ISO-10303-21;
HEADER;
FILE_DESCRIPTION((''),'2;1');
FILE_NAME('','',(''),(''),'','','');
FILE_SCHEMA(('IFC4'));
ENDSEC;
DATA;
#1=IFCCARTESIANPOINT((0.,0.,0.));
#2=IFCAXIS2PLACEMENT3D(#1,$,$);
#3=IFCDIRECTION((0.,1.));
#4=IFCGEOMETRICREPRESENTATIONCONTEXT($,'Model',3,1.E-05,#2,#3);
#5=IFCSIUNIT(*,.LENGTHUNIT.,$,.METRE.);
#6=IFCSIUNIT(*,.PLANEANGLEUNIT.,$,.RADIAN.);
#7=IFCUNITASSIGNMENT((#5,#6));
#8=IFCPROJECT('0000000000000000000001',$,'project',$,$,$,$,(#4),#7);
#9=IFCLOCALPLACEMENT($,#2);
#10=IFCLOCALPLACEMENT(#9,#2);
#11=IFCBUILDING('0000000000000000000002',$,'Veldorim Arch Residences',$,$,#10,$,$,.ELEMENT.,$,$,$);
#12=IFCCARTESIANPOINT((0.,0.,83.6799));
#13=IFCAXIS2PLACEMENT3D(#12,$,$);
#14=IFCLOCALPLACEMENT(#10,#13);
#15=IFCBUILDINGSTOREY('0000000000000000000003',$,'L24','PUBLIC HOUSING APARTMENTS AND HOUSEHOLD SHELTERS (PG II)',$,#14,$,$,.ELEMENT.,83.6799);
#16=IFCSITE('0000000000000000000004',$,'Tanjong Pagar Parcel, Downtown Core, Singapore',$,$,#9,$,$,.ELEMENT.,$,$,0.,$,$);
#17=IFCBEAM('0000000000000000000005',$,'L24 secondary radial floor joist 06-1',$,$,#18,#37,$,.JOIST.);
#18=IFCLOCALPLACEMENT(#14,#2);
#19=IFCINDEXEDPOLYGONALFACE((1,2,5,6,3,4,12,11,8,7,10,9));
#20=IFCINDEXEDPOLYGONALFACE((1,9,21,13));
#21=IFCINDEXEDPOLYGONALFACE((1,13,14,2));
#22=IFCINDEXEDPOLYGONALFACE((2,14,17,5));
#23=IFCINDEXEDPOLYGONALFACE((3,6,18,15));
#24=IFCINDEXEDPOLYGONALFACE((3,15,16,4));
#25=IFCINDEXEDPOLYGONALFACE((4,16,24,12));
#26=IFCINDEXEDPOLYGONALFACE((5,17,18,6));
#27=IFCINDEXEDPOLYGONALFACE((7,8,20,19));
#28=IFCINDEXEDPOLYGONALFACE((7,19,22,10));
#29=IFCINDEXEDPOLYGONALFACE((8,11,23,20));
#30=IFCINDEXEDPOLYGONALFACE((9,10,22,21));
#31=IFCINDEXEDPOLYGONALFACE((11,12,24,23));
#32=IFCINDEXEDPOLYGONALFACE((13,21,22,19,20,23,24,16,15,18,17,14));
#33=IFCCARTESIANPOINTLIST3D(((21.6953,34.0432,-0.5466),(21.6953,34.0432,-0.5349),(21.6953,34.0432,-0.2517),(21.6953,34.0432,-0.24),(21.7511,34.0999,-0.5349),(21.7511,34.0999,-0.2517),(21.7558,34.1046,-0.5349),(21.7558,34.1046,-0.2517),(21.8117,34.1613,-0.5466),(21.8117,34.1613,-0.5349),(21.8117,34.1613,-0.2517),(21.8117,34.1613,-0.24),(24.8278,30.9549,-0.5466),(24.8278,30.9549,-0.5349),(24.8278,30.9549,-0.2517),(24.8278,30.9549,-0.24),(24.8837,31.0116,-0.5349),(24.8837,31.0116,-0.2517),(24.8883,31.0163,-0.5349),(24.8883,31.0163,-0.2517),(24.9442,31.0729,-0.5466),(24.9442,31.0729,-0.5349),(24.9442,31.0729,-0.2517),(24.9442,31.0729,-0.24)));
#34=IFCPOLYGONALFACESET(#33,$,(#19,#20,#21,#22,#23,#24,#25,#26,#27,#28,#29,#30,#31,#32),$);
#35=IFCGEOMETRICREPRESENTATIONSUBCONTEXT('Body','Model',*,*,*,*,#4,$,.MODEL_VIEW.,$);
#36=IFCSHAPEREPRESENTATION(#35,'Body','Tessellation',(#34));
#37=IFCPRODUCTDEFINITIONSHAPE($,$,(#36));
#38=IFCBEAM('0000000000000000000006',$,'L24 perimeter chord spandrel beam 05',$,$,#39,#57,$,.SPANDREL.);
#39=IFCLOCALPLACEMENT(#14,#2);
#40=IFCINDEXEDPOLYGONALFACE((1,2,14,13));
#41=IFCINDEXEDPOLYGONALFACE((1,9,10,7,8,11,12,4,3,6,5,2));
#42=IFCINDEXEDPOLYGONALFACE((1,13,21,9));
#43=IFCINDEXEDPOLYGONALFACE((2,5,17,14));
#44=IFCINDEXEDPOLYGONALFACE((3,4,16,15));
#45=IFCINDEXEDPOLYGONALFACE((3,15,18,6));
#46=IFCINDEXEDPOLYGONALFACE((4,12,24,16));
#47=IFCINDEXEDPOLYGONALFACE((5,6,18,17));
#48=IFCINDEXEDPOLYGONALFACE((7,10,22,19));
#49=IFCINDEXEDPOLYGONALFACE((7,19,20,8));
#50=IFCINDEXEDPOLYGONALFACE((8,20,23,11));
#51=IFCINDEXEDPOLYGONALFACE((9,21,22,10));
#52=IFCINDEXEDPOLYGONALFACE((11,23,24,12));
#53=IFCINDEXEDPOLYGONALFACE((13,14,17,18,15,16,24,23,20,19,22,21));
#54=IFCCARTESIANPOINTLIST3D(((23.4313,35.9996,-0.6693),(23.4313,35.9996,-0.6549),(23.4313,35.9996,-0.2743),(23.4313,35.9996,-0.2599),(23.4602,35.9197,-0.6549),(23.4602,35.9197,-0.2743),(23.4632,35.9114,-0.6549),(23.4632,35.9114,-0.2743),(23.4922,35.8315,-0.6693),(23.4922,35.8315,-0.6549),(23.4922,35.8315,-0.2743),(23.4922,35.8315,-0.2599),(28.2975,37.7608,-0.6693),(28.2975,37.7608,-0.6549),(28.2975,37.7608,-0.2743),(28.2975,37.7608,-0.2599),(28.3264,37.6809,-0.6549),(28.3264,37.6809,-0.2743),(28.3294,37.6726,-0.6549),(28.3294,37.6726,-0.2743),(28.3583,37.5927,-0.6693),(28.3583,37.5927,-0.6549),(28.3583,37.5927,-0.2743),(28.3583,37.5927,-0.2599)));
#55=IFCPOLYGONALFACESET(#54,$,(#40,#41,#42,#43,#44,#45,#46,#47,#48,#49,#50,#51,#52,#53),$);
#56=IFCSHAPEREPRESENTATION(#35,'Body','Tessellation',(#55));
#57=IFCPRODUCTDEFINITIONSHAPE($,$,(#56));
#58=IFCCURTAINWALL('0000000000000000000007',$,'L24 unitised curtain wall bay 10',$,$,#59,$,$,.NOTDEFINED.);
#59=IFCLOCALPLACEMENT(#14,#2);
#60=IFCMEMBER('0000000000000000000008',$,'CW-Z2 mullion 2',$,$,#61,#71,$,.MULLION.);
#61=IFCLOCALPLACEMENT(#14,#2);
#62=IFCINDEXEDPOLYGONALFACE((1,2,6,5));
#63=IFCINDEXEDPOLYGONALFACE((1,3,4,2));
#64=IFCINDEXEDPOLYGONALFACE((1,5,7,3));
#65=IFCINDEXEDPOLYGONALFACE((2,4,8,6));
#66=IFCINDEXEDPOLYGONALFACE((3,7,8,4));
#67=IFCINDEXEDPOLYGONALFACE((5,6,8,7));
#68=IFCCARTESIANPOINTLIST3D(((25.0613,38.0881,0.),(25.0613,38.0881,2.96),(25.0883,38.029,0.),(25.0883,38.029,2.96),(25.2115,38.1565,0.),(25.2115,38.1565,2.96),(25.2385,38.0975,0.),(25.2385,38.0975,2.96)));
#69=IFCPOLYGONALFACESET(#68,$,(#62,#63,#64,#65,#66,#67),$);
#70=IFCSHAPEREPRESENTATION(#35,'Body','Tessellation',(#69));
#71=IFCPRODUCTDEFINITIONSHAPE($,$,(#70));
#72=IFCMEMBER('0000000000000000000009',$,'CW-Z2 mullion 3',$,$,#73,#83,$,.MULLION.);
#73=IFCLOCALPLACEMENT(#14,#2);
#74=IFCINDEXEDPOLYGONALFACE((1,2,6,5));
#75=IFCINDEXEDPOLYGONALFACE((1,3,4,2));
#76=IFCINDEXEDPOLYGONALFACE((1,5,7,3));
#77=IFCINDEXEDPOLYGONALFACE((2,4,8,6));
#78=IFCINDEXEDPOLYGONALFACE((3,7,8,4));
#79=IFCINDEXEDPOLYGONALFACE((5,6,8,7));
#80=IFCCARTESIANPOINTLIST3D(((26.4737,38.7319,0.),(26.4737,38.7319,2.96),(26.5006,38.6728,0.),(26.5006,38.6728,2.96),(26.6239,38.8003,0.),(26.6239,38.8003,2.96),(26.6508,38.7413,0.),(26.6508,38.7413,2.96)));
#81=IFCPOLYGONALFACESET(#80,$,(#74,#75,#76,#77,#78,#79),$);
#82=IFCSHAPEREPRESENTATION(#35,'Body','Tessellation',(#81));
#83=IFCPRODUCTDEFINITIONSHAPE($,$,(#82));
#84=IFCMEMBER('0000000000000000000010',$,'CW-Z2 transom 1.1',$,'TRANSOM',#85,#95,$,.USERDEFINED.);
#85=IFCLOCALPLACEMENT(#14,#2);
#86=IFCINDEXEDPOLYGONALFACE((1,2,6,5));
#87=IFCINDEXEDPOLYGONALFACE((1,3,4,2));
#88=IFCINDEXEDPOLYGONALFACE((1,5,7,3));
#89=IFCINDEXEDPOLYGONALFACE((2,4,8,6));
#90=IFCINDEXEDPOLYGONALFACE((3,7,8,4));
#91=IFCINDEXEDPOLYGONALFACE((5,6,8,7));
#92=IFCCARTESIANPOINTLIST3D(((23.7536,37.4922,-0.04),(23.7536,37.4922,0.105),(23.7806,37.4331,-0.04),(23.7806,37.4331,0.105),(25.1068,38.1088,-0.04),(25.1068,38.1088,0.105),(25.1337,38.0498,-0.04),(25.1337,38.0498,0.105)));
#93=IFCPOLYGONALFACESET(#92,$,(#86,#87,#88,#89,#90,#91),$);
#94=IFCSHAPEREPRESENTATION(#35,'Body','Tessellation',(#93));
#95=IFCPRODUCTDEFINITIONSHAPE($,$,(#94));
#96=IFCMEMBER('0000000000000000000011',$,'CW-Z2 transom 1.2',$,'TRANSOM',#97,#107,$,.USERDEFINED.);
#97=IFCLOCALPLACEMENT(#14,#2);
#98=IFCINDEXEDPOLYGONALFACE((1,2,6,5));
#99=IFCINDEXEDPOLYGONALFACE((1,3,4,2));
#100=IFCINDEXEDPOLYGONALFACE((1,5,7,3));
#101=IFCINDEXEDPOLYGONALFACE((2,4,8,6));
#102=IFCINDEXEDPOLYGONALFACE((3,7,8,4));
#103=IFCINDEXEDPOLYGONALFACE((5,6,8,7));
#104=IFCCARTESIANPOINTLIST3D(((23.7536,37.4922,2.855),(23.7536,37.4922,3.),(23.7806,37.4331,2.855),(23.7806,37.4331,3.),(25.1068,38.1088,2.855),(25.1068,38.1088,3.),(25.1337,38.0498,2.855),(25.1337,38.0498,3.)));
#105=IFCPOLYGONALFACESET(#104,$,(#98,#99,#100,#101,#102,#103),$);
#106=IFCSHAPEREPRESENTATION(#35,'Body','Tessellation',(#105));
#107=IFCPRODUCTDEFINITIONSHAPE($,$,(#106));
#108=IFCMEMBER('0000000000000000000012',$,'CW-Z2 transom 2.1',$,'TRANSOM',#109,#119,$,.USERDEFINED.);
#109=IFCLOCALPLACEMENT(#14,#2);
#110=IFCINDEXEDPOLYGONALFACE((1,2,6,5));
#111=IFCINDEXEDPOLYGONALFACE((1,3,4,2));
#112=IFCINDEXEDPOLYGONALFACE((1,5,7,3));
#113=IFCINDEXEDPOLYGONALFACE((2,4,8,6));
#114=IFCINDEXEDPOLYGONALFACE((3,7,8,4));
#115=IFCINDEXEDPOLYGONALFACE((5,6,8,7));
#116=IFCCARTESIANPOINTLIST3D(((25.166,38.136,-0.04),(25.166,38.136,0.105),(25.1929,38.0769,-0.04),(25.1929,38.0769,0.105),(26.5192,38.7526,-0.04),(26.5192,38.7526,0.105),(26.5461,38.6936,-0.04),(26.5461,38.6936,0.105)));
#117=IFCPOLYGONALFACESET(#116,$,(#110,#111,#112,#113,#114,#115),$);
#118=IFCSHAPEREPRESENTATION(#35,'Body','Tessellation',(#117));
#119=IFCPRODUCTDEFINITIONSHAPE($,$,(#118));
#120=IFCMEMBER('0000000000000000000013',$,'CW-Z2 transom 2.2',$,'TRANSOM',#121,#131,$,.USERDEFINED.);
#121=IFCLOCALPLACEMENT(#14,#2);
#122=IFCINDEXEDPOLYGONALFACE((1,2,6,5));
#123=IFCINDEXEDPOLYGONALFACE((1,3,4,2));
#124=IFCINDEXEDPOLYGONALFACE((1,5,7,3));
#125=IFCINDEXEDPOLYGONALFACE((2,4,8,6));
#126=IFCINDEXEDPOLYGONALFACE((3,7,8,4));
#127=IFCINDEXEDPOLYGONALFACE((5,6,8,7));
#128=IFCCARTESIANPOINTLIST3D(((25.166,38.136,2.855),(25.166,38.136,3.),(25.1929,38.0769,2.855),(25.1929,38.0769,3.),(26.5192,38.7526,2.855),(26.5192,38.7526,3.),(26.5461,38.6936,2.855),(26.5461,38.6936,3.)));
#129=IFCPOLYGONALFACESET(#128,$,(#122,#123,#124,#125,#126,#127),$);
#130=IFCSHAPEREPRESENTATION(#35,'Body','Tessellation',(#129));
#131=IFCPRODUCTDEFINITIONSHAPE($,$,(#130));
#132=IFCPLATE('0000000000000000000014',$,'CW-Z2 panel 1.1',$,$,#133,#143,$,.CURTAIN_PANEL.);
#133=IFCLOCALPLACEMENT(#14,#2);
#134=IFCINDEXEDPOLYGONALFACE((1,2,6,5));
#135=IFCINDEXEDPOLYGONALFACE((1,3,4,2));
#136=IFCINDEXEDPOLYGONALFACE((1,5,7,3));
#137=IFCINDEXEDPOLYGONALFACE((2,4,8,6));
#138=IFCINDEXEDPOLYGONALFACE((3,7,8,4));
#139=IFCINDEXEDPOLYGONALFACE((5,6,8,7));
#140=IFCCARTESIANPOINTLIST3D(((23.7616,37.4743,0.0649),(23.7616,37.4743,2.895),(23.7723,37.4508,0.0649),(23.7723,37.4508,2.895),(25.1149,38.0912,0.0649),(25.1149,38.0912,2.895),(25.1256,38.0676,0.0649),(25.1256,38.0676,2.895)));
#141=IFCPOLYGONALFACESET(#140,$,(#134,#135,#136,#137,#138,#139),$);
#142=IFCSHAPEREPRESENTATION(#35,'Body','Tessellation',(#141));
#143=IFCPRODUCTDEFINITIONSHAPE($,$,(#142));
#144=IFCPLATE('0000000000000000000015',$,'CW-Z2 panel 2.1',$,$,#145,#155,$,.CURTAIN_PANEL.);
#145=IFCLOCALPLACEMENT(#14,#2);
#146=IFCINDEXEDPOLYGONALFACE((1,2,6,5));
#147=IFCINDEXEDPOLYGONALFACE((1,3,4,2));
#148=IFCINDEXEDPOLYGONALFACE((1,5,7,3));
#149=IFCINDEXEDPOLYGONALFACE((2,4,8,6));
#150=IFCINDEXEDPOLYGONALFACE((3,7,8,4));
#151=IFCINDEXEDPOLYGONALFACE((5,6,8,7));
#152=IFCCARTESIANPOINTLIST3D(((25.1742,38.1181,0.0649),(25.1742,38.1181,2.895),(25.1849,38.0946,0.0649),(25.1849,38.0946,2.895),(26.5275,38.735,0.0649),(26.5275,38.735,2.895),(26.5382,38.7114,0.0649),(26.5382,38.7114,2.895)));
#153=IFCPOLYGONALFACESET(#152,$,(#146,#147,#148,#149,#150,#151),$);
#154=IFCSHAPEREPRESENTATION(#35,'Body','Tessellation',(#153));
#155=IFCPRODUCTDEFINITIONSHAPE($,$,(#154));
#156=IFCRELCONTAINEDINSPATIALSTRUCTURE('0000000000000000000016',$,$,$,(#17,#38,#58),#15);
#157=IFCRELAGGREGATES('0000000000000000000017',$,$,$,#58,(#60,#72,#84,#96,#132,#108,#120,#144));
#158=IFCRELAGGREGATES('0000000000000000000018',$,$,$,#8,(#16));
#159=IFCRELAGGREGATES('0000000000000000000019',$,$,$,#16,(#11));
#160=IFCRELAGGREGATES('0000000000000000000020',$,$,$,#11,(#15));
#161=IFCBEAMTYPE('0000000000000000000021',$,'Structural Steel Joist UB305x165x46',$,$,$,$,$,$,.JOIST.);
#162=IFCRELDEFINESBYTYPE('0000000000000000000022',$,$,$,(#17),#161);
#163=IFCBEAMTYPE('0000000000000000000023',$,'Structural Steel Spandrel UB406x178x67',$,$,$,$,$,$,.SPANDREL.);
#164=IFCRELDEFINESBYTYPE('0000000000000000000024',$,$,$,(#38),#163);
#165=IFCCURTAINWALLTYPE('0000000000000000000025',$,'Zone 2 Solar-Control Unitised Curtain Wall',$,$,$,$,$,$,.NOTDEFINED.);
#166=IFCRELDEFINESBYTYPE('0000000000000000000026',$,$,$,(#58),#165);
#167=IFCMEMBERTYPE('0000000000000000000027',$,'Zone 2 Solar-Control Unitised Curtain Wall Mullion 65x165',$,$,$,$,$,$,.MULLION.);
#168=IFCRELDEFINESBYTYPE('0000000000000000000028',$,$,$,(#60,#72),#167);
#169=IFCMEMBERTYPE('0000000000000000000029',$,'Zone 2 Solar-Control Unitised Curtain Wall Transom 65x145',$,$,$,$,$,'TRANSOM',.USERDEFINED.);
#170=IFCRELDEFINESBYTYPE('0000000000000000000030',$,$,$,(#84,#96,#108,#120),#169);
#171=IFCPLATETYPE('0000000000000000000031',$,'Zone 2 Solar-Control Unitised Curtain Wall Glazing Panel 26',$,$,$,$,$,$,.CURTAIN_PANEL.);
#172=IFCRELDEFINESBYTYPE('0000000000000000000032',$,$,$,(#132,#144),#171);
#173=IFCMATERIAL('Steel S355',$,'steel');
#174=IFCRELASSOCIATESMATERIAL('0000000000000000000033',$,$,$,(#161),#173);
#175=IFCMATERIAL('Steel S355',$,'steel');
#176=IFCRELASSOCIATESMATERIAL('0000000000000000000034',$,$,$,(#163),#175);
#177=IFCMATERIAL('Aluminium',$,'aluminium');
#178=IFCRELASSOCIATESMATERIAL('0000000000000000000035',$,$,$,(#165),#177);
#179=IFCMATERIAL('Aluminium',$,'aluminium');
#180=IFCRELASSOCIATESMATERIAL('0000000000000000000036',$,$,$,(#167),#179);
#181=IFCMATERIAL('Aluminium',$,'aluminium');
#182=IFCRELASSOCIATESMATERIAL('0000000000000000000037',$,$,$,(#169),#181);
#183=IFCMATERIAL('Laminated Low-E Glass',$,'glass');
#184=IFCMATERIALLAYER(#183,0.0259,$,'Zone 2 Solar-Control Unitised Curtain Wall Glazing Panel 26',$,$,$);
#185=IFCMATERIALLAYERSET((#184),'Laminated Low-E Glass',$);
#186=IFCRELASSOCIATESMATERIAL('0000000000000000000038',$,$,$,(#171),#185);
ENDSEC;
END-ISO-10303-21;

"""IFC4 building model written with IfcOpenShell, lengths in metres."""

from ifc_helpers import new_model, si_unit, direction, frame, origin, origin_2d, place, context, subcontext, project, spatial, rectangle, i_section, extrude, material, layer, layer_set, material_profile, profile_set, type_object, element, aggregate, save


model = new_model("IFC4")

# Units and contexts
model_context = context("Model", 3, precision=1e-05, world=origin(), true_north=direction((0.0, 1.0)))
body_context = subcontext(model_context, "Body", "Model", "MODEL_VIEW")
ifc_project = project(units=[si_unit("LENGTHUNIT", "METRE"), si_unit("PLANEANGLEUNIT", "RADIAN")], contexts=[model_context])

# Site, building, storey
site_placement = place(None, origin())
site = spatial("IfcSite", under=ifc_project, at=site_placement, Name="Tanjong Pagar Parcel, Downtown Core, Singapore", CompositionType="ELEMENT", RefElevation=0.0)
building_placement = place(site_placement, origin())
building = spatial("IfcBuilding", under=site, at=building_placement, Name="Veldorim Arch Residences", CompositionType="ELEMENT")
storey_placement = place(building_placement, frame((0.0, 0.0, 83.6799)))
storey = spatial("IfcBuildingStorey", under=building, at=storey_placement, Name="L24", Description="PUBLIC HOUSING APARTMENTS AND HOUSEHOLD SHELTERS (PG II)", CompositionType="ELEMENT", Elevation=83.6799)

# Beams
ifc_material_1 = material(Name="Steel S355", Category="steel")
ifc_material_profile_1 = material_profile(ifc_material_1, i_section(OverallWidth=0.1658, OverallDepth=0.3066, WebThickness=0.0066, FlangeThickness=0.0117, at=origin_2d()), Name="UB305x165x46")
ifc_profile_set_1 = profile_set([ifc_material_profile_1], Name="Steel S355")
beam_type_1 = type_object("IfcBeamType", Name="Structural Steel Joist UB305x165x46", PredefinedType="JOIST", material=ifc_profile_set_1)
beam_1_placement = place(storey_placement, frame((24.886, 31.0139, -0.3933), z_axis=(-0.712112, 0.702066, 0.0), x_axis=(-0.702066, -0.712112, 0.0)))
element("IfcBeam", 1, at=beam_1_placement, inside=storey, type_object=beam_type_1, Name="L24 secondary radial floor joist 06-1", PredefinedType="JOIST", context=body_context, shape_type="SweptSolid", body=[
    extrude(i_section(OverallWidth=0.1658, OverallDepth=0.3066, WebThickness=0.0066, FlangeThickness=0.0117, at=origin_2d()), origin(), (0.0, 0.0, 1.0), 4.3989),
])
ifc_material_2 = material(Name="Steel S355", Category="steel")
ifc_material_profile_2 = material_profile(ifc_material_2, i_section(OverallWidth=0.1787, OverallDepth=0.4094, WebThickness=0.0088, FlangeThickness=0.0144, at=origin_2d()), Name="UB406x178x67")
ifc_profile_set_2 = profile_set([ifc_material_profile_2], Name="Steel S355")
beam_type_2 = type_object("IfcBeamType", Name="Structural Steel Spandrel UB406x178x67", PredefinedType="SPANDREL", material=ifc_profile_set_2)
beam_2_placement = place(storey_placement, frame((28.3279, 37.6768, -0.4646), z_axis=(-0.940308, -0.340326, 0.0), x_axis=(0.340326, -0.940308, 0.0)))
element("IfcBeam", 2, at=beam_2_placement, inside=storey, type_object=beam_type_2, Name="L24 perimeter chord spandrel beam 05", PredefinedType="SPANDREL", context=body_context, shape_type="SweptSolid", body=[
    extrude(i_section(OverallWidth=0.1787, OverallDepth=0.4094, WebThickness=0.0088, FlangeThickness=0.0144, at=origin_2d()), origin(), (0.0, 0.0, 1.0), 5.175),
])

# Curtain wall, members, plates
ifc_material_3 = material(Name="Aluminium", Category="aluminium")
curtain_wall_type = type_object("IfcCurtainWallType", Name="Zone 2 Solar-Control Unitised Curtain Wall", PredefinedType="NOTDEFINED", material=ifc_material_3)
curtain_wall_placement = place(storey_placement, origin())
curtain_wall = element("IfcCurtainWall", 3, at=curtain_wall_placement, inside=storey, type_object=curtain_wall_type, Name="L24 unitised curtain wall bay 10", PredefinedType="NOTDEFINED")
ifc_material_4 = material(Name="Aluminium", Category="aluminium")
ifc_material_profile_3 = material_profile(ifc_material_4, rectangle(XDim=0.0649, YDim=0.165, at=origin_2d()), Name="ALU_MUL_65x165")
ifc_profile_set_3 = profile_set([ifc_material_profile_3], Name="Aluminium")
member_type_1 = type_object("IfcMemberType", Name="Zone 2 Solar-Control Unitised Curtain Wall Mullion 65x165", PredefinedType="MULLION", material=ifc_profile_set_3)
member_1_placement = place(storey_placement, frame((25.1499, 38.0928, 0.0), z_axis=(0.0, 0.0, 1.0), x_axis=(-0.414742, 0.909939, 0.0)))
member_1 = element("IfcMember", 4, at=member_1_placement, type_object=member_type_1, Name="CW-Z2 mullion 2", PredefinedType="MULLION", context=body_context, shape_type="SweptSolid", body=[
    extrude(rectangle(XDim=0.0649, YDim=0.165, at=origin_2d()), origin(), (0.0, 0.0, 1.0), 2.96),
])
member_2_placement = place(storey_placement, frame((26.5623, 38.7366, 0.0), z_axis=(0.0, 0.0, 1.0), x_axis=(-0.414742, 0.909939, 0.0)))
member_2 = element("IfcMember", 5, at=member_2_placement, type_object=member_type_1, Name="CW-Z2 mullion 3", PredefinedType="MULLION", context=body_context, shape_type="SweptSolid", body=[
    extrude(rectangle(XDim=0.0649, YDim=0.165, at=origin_2d()), origin(), (0.0, 0.0, 1.0), 2.96),
])
ifc_material_5 = material(Name="Aluminium", Category="aluminium")
ifc_material_profile_4 = material_profile(ifc_material_5, rectangle(XDim=0.0649, YDim=0.145, at=origin_2d()), Name="ALU_TRN_65x145")
ifc_profile_set_4 = profile_set([ifc_material_profile_4], Name="Aluminium")
member_type_2 = type_object("IfcMemberType", Name="Zone 2 Solar-Control Unitised Curtain Wall Transom 65x145", ElementType="TRANSOM", PredefinedType="USERDEFINED", material=ifc_profile_set_4)
member_3_placement = place(storey_placement, frame((23.7671, 37.4626, 0.0325), z_axis=(0.909967, 0.414681, 0.0), x_axis=(-0.414681, 0.909967, 0.0)))
member_3 = element("IfcMember", 6, at=member_3_placement, type_object=member_type_2, Name="CW-Z2 transom 1.1", ObjectType="TRANSOM", PredefinedType="USERDEFINED", context=body_context, shape_type="SweptSolid", body=[
    extrude(rectangle(XDim=0.0649, YDim=0.145, at=origin_2d()), origin(), (0.0, 0.0, 1.0), 1.4871),
])
member_4_placement = place(storey_placement, frame((23.7671, 37.4626, 2.9275), z_axis=(0.909967, 0.414681, 0.0), x_axis=(-0.414681, 0.909967, 0.0)))
member_4 = element("IfcMember", 7, at=member_4_placement, type_object=member_type_2, Name="CW-Z2 transom 1.2", ObjectType="TRANSOM", PredefinedType="USERDEFINED", context=body_context, shape_type="SweptSolid", body=[
    extrude(rectangle(XDim=0.0649, YDim=0.145, at=origin_2d()), origin(), (0.0, 0.0, 1.0), 1.4871),
])
member_5_placement = place(storey_placement, frame((25.1794, 38.1064, 0.0325), z_axis=(0.909967, 0.414681, 0.0), x_axis=(-0.414681, 0.909967, 0.0)))
member_5 = element("IfcMember", 8, at=member_5_placement, type_object=member_type_2, Name="CW-Z2 transom 2.1", ObjectType="TRANSOM", PredefinedType="USERDEFINED", context=body_context, shape_type="SweptSolid", body=[
    extrude(rectangle(XDim=0.0649, YDim=0.145, at=origin_2d()), origin(), (0.0, 0.0, 1.0), 1.4871),
])
member_6_placement = place(storey_placement, frame((25.1794, 38.1064, 2.9275), z_axis=(0.909967, 0.414681, 0.0), x_axis=(-0.414681, 0.909967, 0.0)))
member_6 = element("IfcMember", 9, at=member_6_placement, type_object=member_type_2, Name="CW-Z2 transom 2.2", ObjectType="TRANSOM", PredefinedType="USERDEFINED", context=body_context, shape_type="SweptSolid", body=[
    extrude(rectangle(XDim=0.0649, YDim=0.145, at=origin_2d()), origin(), (0.0, 0.0, 1.0), 1.4871),
])
ifc_material_6 = material(Name="Laminated Low-E Glass", Category="glass")
ifc_layer_1 = layer(ifc_material_6, 0.0259, Name="Zone 2 Solar-Control Unitised Curtain Wall Glazing Panel 26")
ifc_layer_set_1 = layer_set([ifc_layer_1], Name="Laminated Low-E Glass")
plate_type = type_object("IfcPlateType", Name="Zone 2 Solar-Control Unitised Curtain Wall Glazing Panel 26", PredefinedType="CURTAIN_PANEL", material=ifc_layer_set_1)
plate_1_placement = place(storey_placement, frame((24.4436, 37.771, 0.0649), z_axis=(0.0, 0.0, 1.0), x_axis=(0.909939, 0.414742, 0.0)))
plate_1 = element("IfcPlate", 10, at=plate_1_placement, type_object=plate_type, Name="CW-Z2 panel 1.1", PredefinedType="CURTAIN_PANEL", context=body_context, shape_type="SweptSolid", body=[
    extrude(rectangle(XDim=1.4873, YDim=0.0259, at=origin_2d()), origin(), (0.0, 0.0, 1.0), 2.8301),
])
plate_2_placement = place(storey_placement, frame((25.8562, 38.4148, 0.0649), z_axis=(0.0, 0.0, 1.0), x_axis=(0.909939, 0.414742, 0.0)))
plate_2 = element("IfcPlate", 11, at=plate_2_placement, type_object=plate_type, Name="CW-Z2 panel 2.1", PredefinedType="CURTAIN_PANEL", context=body_context, shape_type="SweptSolid", body=[
    extrude(rectangle(XDim=1.4873, YDim=0.0259, at=origin_2d()), origin(), (0.0, 0.0, 1.0), 2.8301),
])
aggregate(curtain_wall, [member_1, member_2, member_3, member_4, plate_1, member_5, member_6, plate_2])

save(model, "model.ifc")
